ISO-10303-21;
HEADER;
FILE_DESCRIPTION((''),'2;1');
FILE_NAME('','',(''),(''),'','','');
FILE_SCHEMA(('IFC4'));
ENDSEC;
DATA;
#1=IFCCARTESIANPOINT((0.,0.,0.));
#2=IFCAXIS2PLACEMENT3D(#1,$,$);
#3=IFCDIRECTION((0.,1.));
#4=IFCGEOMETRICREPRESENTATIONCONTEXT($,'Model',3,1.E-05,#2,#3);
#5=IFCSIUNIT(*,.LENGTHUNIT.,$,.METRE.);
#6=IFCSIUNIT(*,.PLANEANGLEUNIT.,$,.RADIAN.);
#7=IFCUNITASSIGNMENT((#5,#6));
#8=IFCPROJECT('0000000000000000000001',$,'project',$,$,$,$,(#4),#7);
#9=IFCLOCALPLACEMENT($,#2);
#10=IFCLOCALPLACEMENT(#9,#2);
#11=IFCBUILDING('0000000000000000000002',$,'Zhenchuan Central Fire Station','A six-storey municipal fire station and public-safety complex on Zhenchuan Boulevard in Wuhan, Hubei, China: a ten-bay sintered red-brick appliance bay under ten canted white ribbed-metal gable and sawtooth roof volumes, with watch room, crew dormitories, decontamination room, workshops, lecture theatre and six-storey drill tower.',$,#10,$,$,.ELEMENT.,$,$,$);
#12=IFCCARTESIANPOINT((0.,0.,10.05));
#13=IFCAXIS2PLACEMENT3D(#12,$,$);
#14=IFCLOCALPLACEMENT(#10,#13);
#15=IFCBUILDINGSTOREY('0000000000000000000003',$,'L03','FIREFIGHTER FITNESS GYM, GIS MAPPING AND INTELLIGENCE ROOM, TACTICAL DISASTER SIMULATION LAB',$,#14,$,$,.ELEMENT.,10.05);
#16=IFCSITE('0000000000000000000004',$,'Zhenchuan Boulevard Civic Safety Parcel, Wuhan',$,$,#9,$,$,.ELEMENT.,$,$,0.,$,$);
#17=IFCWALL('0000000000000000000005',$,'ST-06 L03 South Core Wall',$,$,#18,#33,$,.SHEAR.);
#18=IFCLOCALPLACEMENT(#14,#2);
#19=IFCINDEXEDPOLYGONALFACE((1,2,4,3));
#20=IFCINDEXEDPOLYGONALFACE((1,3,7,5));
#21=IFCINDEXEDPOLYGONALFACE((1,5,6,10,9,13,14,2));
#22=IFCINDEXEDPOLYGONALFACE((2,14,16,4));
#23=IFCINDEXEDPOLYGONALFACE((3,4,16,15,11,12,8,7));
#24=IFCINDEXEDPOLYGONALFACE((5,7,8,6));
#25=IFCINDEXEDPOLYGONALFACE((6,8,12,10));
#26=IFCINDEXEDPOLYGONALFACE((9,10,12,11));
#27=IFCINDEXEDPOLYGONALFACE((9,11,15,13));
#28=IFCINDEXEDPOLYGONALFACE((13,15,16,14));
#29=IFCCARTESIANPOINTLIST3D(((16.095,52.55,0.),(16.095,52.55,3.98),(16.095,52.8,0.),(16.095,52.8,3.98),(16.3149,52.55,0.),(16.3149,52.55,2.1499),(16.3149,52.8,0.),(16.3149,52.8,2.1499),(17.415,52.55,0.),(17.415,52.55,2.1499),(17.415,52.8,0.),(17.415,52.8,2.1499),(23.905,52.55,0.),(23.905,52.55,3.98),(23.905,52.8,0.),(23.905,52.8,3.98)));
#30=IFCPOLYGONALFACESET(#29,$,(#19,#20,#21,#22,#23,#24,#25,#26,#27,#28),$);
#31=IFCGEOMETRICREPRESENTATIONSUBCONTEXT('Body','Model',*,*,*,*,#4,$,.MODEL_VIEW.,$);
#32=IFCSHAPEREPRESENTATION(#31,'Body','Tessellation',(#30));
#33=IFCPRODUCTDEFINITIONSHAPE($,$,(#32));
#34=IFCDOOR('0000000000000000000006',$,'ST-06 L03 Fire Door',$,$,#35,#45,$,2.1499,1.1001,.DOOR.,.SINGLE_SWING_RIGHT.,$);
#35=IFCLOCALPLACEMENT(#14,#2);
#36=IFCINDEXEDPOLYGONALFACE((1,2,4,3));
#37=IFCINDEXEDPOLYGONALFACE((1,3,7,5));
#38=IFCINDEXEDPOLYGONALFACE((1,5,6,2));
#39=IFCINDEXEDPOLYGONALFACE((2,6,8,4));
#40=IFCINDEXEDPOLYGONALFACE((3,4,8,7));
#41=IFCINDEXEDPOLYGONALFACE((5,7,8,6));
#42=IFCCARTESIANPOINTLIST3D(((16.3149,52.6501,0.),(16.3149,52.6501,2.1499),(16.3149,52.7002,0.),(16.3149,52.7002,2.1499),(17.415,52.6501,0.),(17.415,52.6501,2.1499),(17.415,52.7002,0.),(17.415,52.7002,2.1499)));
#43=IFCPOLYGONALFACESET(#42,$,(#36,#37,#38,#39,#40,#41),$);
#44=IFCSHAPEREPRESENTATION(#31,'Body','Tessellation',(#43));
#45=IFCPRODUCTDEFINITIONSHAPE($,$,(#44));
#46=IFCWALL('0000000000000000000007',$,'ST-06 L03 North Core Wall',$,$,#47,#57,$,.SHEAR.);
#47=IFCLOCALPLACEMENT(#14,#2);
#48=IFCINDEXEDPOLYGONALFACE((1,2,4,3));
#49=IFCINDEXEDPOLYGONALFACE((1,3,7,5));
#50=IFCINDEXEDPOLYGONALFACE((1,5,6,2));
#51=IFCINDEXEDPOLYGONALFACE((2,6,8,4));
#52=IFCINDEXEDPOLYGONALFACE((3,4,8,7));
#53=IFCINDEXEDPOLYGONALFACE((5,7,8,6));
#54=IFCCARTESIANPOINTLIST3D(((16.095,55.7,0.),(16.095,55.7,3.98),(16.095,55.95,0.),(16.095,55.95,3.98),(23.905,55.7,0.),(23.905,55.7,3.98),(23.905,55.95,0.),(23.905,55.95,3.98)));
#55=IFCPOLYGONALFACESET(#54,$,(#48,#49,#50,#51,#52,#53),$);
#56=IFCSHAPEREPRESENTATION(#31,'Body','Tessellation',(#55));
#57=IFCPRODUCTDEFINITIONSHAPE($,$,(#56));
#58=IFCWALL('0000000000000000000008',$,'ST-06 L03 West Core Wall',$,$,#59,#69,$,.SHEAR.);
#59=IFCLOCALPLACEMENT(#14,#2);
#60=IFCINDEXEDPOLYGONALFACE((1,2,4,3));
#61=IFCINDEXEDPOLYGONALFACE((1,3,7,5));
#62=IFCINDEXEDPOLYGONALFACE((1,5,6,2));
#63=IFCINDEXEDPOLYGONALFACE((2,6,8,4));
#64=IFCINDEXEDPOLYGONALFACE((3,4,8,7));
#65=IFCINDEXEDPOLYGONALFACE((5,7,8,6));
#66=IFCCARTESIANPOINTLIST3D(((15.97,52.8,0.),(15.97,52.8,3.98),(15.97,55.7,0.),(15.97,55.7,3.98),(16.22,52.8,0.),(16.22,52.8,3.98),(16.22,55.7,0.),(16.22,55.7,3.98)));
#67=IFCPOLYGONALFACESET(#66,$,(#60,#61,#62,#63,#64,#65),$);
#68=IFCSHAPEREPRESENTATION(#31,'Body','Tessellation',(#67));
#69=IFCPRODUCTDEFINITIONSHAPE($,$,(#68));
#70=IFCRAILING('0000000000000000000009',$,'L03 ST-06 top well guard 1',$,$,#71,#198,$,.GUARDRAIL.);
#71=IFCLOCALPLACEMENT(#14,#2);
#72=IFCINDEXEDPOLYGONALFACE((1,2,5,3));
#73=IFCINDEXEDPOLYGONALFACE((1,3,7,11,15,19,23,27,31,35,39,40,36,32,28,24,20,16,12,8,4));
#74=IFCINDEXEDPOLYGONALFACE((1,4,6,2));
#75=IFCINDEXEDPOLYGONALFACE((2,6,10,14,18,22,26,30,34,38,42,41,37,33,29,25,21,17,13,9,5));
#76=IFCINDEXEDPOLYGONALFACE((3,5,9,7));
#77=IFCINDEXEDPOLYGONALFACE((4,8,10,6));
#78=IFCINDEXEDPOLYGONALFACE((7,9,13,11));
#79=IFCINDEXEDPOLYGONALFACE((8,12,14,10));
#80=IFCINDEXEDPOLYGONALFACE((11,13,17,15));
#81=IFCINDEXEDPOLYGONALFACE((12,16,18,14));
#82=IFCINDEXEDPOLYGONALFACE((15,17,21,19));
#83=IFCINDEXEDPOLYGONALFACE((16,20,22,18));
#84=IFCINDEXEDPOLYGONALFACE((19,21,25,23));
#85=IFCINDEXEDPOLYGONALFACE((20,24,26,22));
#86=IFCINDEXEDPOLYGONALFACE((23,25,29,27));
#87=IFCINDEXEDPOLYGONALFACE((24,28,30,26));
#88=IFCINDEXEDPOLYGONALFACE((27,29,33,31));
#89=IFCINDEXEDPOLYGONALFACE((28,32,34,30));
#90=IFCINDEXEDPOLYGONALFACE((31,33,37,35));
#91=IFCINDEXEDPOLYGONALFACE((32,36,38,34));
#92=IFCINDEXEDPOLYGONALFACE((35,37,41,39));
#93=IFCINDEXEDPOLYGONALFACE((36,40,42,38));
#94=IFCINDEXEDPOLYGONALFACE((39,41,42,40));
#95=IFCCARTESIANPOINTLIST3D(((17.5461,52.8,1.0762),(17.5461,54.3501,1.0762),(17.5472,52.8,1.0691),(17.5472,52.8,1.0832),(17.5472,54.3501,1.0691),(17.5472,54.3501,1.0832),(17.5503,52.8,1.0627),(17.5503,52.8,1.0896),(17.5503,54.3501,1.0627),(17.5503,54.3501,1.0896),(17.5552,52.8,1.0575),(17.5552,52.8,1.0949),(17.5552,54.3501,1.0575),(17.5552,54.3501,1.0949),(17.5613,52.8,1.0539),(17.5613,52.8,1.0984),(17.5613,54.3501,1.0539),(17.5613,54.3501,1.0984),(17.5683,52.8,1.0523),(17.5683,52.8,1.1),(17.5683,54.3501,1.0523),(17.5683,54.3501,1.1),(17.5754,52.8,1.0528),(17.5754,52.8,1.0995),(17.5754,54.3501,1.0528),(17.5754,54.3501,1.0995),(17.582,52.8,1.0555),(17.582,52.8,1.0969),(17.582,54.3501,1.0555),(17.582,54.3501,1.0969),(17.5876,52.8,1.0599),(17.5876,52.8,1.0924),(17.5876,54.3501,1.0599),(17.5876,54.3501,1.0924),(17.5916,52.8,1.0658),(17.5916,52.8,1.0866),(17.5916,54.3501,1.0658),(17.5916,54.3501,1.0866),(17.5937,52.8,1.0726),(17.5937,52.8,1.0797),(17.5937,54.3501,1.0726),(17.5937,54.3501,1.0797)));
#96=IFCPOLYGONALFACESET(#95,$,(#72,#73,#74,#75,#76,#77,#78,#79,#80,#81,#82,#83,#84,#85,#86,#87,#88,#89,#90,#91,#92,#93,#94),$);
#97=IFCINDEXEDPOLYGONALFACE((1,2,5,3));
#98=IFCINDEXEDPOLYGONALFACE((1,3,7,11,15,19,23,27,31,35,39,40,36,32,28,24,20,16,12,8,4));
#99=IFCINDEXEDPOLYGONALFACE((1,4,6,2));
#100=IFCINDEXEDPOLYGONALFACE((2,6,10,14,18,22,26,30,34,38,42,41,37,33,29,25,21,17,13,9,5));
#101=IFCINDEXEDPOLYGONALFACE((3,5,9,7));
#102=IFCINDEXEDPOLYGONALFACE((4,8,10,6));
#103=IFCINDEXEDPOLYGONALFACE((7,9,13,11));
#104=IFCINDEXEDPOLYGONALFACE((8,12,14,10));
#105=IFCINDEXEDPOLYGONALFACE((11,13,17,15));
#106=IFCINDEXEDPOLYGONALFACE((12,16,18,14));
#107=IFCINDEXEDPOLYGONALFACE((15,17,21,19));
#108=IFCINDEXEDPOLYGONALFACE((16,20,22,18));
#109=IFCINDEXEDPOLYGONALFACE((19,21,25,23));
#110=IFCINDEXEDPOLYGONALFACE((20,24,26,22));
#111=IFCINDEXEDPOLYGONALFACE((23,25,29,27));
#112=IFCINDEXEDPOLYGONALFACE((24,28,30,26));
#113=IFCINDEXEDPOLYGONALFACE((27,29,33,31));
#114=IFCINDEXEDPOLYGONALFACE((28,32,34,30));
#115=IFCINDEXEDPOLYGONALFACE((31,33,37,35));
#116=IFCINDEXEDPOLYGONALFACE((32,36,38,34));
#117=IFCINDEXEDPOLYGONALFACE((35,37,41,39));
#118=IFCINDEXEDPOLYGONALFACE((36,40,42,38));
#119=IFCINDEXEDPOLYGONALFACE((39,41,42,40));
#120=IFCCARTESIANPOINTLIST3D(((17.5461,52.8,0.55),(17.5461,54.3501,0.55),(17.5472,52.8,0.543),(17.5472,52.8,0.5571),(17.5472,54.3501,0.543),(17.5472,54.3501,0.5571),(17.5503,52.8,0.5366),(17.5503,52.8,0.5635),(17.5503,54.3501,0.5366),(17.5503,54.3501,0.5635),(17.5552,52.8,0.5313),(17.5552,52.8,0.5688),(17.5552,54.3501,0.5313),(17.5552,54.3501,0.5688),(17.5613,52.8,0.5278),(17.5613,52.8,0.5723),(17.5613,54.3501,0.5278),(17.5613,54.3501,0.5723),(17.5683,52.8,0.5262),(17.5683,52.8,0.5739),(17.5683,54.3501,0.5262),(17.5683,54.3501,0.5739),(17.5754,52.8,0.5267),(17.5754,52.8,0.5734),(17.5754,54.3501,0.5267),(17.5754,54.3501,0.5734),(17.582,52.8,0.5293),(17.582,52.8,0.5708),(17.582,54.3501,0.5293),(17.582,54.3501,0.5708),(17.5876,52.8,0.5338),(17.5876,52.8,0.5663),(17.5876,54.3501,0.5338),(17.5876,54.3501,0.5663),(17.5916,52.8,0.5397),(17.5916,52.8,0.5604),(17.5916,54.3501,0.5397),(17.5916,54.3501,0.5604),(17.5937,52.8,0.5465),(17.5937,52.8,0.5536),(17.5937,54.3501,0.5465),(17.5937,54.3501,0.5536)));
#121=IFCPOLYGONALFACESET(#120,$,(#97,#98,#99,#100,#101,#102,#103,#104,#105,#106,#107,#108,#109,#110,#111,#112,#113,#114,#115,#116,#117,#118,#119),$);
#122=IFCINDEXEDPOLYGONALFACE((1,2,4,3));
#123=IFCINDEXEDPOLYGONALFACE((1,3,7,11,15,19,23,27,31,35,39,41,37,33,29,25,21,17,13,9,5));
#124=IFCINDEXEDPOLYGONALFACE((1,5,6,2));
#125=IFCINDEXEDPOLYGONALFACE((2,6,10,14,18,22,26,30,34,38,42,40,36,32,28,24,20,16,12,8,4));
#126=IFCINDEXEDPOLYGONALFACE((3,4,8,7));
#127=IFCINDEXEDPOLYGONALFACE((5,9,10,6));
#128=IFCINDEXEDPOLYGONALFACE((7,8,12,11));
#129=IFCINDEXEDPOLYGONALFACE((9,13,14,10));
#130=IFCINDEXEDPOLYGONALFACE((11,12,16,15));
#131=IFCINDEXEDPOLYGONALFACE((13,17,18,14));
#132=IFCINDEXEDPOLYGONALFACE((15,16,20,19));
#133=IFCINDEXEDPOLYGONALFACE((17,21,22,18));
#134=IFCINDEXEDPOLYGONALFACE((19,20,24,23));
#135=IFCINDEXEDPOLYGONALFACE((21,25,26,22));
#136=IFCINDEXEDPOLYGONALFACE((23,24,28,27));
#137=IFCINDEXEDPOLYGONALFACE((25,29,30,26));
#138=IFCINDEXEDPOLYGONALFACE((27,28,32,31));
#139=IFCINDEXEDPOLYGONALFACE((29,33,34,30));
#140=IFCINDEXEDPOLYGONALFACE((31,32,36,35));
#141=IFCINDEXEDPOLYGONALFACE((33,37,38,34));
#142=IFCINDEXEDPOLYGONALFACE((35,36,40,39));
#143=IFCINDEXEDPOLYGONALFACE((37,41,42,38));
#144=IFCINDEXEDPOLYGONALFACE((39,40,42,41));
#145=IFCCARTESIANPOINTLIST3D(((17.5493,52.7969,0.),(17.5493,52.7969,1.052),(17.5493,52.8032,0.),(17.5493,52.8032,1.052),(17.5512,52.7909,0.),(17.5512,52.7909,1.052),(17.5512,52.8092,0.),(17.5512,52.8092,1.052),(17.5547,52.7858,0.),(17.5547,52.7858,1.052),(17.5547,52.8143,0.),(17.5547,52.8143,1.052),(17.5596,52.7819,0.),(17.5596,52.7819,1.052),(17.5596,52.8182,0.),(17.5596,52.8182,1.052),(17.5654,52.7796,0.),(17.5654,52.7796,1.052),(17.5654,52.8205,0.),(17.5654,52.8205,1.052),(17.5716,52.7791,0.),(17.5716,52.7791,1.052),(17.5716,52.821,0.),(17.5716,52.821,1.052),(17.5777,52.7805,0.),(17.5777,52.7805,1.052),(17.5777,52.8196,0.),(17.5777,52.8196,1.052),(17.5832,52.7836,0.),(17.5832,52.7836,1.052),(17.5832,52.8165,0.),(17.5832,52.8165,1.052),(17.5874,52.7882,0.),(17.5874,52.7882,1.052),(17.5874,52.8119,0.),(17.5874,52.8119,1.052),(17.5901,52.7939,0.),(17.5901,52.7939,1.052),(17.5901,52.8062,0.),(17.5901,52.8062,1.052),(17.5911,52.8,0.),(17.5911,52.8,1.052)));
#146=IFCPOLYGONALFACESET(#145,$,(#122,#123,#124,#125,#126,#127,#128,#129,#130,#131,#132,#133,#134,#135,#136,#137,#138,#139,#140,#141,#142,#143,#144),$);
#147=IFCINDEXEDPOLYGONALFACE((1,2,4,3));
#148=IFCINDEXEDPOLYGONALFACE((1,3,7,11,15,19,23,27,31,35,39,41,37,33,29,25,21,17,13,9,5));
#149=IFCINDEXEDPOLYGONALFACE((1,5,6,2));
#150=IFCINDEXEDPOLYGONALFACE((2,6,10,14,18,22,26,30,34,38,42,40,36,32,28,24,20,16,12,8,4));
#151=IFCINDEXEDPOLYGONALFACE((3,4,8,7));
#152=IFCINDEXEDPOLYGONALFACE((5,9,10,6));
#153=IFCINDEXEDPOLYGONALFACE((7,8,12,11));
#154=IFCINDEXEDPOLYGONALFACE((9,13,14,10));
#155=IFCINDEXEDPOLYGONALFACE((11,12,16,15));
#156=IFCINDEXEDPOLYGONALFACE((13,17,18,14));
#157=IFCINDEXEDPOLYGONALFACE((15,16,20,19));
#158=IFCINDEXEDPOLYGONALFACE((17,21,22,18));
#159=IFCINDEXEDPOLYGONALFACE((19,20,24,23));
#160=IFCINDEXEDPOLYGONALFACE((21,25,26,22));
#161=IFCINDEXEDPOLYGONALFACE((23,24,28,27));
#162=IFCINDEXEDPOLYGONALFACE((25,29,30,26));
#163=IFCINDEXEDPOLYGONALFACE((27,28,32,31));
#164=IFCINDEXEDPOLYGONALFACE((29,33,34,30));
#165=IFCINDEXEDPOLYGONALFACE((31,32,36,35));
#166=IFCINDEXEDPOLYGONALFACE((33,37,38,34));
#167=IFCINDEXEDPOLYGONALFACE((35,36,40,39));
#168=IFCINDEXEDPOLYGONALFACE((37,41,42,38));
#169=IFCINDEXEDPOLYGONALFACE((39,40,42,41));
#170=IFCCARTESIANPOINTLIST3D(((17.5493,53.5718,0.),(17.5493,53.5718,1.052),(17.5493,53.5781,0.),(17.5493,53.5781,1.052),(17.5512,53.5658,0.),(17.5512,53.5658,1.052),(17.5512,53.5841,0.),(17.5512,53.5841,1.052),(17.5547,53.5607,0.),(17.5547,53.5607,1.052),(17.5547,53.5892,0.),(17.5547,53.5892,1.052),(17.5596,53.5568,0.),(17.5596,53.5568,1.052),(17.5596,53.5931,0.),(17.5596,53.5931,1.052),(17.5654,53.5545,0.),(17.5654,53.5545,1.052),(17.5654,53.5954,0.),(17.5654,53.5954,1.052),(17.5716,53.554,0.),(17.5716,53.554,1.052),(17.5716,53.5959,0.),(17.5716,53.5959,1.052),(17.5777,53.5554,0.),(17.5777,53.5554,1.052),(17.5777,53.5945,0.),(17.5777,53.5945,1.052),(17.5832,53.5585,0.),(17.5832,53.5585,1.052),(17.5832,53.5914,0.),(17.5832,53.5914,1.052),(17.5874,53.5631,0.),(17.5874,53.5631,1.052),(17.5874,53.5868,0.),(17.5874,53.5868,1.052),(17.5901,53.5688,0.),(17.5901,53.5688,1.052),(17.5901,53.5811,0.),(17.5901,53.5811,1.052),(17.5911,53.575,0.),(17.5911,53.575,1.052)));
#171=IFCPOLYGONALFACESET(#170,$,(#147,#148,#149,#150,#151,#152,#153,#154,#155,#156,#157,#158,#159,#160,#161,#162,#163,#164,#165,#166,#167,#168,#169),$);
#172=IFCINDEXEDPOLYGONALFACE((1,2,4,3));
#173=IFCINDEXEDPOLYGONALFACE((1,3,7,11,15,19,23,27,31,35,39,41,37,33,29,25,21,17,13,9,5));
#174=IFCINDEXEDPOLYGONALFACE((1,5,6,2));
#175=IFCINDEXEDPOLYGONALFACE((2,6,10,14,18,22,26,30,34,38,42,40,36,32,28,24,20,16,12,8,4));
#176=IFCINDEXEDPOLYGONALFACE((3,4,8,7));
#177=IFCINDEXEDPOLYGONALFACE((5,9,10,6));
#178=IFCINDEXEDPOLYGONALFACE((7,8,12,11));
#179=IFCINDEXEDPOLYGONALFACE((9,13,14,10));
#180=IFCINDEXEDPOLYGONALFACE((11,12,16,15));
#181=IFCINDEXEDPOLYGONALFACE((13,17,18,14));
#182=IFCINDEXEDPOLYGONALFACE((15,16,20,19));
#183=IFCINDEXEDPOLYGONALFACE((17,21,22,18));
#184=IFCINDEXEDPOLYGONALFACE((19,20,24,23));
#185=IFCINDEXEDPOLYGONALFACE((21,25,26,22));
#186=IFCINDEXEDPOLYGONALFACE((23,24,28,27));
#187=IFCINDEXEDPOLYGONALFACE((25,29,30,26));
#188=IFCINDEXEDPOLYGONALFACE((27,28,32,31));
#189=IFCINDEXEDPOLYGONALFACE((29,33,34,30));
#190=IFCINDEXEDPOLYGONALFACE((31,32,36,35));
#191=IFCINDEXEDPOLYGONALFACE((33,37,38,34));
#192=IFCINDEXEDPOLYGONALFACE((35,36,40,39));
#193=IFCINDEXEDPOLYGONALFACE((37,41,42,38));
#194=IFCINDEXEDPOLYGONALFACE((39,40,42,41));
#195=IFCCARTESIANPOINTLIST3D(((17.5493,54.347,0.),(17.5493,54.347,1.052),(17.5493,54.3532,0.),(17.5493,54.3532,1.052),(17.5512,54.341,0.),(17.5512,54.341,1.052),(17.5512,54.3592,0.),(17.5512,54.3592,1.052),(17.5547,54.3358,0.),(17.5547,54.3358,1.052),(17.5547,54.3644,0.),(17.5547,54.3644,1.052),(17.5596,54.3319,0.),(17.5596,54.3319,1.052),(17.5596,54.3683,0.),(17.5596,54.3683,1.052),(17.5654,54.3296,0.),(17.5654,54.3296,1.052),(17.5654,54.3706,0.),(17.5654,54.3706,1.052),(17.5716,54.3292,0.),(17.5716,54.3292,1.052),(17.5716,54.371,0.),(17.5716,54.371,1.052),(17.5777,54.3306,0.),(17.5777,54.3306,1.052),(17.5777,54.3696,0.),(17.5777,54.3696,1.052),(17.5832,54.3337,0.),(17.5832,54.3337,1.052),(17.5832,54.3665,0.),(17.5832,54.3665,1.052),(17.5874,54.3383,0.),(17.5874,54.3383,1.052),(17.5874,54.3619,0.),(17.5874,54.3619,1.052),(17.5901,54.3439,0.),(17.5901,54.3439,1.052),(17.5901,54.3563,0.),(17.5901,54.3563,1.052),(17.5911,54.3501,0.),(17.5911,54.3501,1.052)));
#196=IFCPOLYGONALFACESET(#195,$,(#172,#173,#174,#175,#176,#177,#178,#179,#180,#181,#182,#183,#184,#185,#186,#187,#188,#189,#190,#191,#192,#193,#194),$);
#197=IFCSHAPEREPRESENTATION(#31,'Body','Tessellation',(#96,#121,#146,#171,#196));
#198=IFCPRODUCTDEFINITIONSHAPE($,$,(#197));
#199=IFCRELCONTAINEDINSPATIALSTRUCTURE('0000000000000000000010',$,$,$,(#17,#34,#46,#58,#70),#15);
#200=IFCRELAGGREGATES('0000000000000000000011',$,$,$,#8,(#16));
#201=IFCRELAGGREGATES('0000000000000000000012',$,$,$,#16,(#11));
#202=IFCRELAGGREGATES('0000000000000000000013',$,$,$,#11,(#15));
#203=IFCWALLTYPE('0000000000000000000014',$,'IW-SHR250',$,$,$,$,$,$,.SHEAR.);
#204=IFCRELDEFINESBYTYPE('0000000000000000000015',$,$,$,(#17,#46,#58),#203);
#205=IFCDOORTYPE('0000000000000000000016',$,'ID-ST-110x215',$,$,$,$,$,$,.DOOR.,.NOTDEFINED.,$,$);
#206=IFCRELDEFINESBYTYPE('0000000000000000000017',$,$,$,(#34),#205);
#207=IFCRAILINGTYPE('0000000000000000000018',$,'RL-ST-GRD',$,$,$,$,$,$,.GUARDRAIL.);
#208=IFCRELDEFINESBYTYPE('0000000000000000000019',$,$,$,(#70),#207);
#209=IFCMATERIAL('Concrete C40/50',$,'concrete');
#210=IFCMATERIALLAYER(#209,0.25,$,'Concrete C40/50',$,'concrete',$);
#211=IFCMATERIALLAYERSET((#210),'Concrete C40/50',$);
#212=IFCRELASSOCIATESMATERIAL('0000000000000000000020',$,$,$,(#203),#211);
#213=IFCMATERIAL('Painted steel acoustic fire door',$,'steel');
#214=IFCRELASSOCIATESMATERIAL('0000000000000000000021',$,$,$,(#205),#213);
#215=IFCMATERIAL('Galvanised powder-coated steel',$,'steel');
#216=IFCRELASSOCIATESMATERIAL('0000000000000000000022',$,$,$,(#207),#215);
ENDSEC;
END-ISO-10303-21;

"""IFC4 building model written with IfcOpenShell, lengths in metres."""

from ifc_helpers import new_model, si_unit, direction, frame, frame_2d, origin, origin_2d, place, context, subcontext, project, spatial, rectangle, circle, extrude, material, layer, layer_set, type_object, element, fill, save


model = new_model("IFC4")

# Units and contexts
model_context = context("Model", 3, precision=1e-05, world=origin(), true_north=direction((0.0, 1.0)))
body_context = subcontext(model_context, "Body", "Model", "MODEL_VIEW")
ifc_project = project(units=[si_unit("LENGTHUNIT", "METRE"), si_unit("PLANEANGLEUNIT", "RADIAN")], contexts=[model_context])

# Site, building, storey
site_placement = place(None, origin())
site = spatial("IfcSite", under=ifc_project, at=site_placement, Name="Zhenchuan Boulevard Civic Safety Parcel, Wuhan", CompositionType="ELEMENT", RefElevation=0.0)
building_placement = place(site_placement, origin())
building = spatial("IfcBuilding", under=site, at=building_placement, Name="Zhenchuan Central Fire Station", Description="A six-storey municipal fire station and public-safety complex on Zhenchuan Boulevard in Wuhan, Hubei, China: a ten-bay sintered red-brick appliance bay under ten canted white ribbed-metal gable and sawtooth roof volumes, with watch room, crew dormitories, decontamination room, workshops, lecture theatre and six-storey drill tower.", CompositionType="ELEMENT")
storey_placement = place(building_placement, frame((0.0, 0.0, 10.05)))
storey = spatial("IfcBuildingStorey", under=building, at=storey_placement, Name="L03", Description="FIREFIGHTER FITNESS GYM, GIS MAPPING AND INTELLIGENCE ROOM, TACTICAL DISASTER SIMULATION LAB", CompositionType="ELEMENT", Elevation=10.05)

# Wall, opening, door
ifc_material_1 = material(Name="Concrete C40/50", Category="concrete")
ifc_layer_1 = layer(ifc_material_1, 0.25, Name="Concrete C40/50", Category="concrete")
ifc_layer_set_1 = layer_set([ifc_layer_1], Name="Concrete C40/50")
wall_type_1 = type_object("IfcWallType", Name="IW-SHR250", PredefinedType="SHEAR", material=ifc_layer_set_1)
wall_1_placement = place(storey_placement, frame((16.095, 52.675, 0.0), z_axis=(0.0, 0.0, 1.0), x_axis=(1.0, 0.0, 0.0)))
wall_1 = element("IfcWall", 1, at=wall_1_placement, inside=storey, type_object=wall_type_1, Name="ST-06 L03 South Core Wall", PredefinedType="SHEAR", context=body_context, shape_type="SweptSolid", body=[
    extrude(rectangle(XDim=7.8101, YDim=0.25, at=frame_2d((3.905, 0.0))), origin(), (0.0, 0.0, 1.0), 3.98),
])
opening_1_placement = place(wall_1_placement, frame((0.22, 0.0, 0.0)))
opening_1 = element("IfcOpeningElement", 2, at=opening_1_placement, cuts=wall_1, PredefinedType="OPENING", context=body_context, shape_type="SweptSolid", body=[
    extrude(rectangle(XDim=1.1001, YDim=2.1499, at=frame_2d((0.55, 1.075))), frame((0.0, 0.135, 0.0), z_axis=(0.0, -1.0, 0.0), x_axis=(1.0, 0.0, 0.0)), (0.0, 0.0, 1.0), 0.27),
])
ifc_material_2 = material(Name="Painted steel acoustic fire door", Category="steel")
door_type = type_object("IfcDoorType", Name="ID-ST-110x215", OperationType="NOTDEFINED", PredefinedType="DOOR", material=ifc_material_2)
door_placement = place(opening_1_placement, frame((1.1001, 0.0, 0.0), z_axis=(0.0, 0.0, 1.0), x_axis=(-1.0, 0.0, 0.0)))
door = element("IfcDoor", 3, at=door_placement, inside=storey, type_object=door_type, Name="ST-06 L03 Fire Door", OperationType="SINGLE_SWING_RIGHT", OverallHeight=2.1499, OverallWidth=1.1001, PredefinedType="DOOR", context=body_context, shape_type="SweptSolid", body=[
    extrude(rectangle(XDim=1.1001, YDim=2.1499, at=frame_2d((0.55, 1.075))), frame((0.0, 0.0249, 0.0), z_axis=(0.0, -1.0, 0.0), x_axis=(1.0, 0.0, 0.0)), (0.0, 0.0, 1.0), 0.05),
])
fill(opening_1, door)

# Walls
wall_2_placement = place(storey_placement, frame((16.095, 55.825, 0.0), z_axis=(0.0, 0.0, 1.0), x_axis=(1.0, 0.0, 0.0)))
element("IfcWall", 4, at=wall_2_placement, inside=storey, type_object=wall_type_1, Name="ST-06 L03 North Core Wall", PredefinedType="SHEAR", context=body_context, shape_type="SweptSolid", body=[
    extrude(rectangle(XDim=7.8101, YDim=0.25, at=frame_2d((3.905, 0.0))), origin(), (0.0, 0.0, 1.0), 3.98),
])
wall_3_placement = place(storey_placement, frame((16.095, 52.8, 0.0), z_axis=(0.0, 0.0, 1.0), x_axis=(0.0, 1.0, 0.0)))
element("IfcWall", 5, at=wall_3_placement, inside=storey, type_object=wall_type_1, Name="ST-06 L03 West Core Wall", PredefinedType="SHEAR", context=body_context, shape_type="SweptSolid", body=[
    extrude(rectangle(XDim=2.8999, YDim=0.25, at=frame_2d((1.45, 0.0))), origin(), (0.0, 0.0, 1.0), 3.98),
])

# Railing
ifc_material_3 = material(Name="Galvanised powder-coated steel", Category="steel")
railing_type = type_object("IfcRailingType", Name="RL-ST-GRD", PredefinedType="GUARDRAIL", material=ifc_material_3)
railing_placement = place(storey_placement, frame((17.5701, 52.8, 0.0)))
element("IfcRailing", 6, at=railing_placement, inside=storey, type_object=railing_type, Name="L03 ST-06 top well guard 1", PredefinedType="GUARDRAIL", context=body_context, shape_type="SweptSolid", body=[
    extrude(circle(Radius=0.0239, at=origin_2d()), frame((0.0, 0.0, 1.0762), z_axis=(0.0, 1.0, 0.0), x_axis=(-1.0, 0.0, 0.0)), (0.0, 0.0, 1.0), 1.55),
    extrude(circle(Radius=0.0239, at=origin_2d()), frame((0.0, 0.0, 0.55), z_axis=(0.0, 1.0, 0.0), x_axis=(-1.0, 0.0, 0.0)), (0.0, 0.0, 1.0), 1.55),
    extrude(circle(Radius=0.021, at=origin_2d()), origin(), (0.0, 0.0, 1.0), 1.052),
    extrude(circle(Radius=0.021, at=origin_2d()), frame((0.0, 0.7749, 0.0)), (0.0, 0.0, 1.0), 1.052),
    extrude(circle(Radius=0.021, at=origin_2d()), frame((0.0, 1.55, 0.0)), (0.0, 0.0, 1.0), 1.052),
])

save(model, "model.ifc")
